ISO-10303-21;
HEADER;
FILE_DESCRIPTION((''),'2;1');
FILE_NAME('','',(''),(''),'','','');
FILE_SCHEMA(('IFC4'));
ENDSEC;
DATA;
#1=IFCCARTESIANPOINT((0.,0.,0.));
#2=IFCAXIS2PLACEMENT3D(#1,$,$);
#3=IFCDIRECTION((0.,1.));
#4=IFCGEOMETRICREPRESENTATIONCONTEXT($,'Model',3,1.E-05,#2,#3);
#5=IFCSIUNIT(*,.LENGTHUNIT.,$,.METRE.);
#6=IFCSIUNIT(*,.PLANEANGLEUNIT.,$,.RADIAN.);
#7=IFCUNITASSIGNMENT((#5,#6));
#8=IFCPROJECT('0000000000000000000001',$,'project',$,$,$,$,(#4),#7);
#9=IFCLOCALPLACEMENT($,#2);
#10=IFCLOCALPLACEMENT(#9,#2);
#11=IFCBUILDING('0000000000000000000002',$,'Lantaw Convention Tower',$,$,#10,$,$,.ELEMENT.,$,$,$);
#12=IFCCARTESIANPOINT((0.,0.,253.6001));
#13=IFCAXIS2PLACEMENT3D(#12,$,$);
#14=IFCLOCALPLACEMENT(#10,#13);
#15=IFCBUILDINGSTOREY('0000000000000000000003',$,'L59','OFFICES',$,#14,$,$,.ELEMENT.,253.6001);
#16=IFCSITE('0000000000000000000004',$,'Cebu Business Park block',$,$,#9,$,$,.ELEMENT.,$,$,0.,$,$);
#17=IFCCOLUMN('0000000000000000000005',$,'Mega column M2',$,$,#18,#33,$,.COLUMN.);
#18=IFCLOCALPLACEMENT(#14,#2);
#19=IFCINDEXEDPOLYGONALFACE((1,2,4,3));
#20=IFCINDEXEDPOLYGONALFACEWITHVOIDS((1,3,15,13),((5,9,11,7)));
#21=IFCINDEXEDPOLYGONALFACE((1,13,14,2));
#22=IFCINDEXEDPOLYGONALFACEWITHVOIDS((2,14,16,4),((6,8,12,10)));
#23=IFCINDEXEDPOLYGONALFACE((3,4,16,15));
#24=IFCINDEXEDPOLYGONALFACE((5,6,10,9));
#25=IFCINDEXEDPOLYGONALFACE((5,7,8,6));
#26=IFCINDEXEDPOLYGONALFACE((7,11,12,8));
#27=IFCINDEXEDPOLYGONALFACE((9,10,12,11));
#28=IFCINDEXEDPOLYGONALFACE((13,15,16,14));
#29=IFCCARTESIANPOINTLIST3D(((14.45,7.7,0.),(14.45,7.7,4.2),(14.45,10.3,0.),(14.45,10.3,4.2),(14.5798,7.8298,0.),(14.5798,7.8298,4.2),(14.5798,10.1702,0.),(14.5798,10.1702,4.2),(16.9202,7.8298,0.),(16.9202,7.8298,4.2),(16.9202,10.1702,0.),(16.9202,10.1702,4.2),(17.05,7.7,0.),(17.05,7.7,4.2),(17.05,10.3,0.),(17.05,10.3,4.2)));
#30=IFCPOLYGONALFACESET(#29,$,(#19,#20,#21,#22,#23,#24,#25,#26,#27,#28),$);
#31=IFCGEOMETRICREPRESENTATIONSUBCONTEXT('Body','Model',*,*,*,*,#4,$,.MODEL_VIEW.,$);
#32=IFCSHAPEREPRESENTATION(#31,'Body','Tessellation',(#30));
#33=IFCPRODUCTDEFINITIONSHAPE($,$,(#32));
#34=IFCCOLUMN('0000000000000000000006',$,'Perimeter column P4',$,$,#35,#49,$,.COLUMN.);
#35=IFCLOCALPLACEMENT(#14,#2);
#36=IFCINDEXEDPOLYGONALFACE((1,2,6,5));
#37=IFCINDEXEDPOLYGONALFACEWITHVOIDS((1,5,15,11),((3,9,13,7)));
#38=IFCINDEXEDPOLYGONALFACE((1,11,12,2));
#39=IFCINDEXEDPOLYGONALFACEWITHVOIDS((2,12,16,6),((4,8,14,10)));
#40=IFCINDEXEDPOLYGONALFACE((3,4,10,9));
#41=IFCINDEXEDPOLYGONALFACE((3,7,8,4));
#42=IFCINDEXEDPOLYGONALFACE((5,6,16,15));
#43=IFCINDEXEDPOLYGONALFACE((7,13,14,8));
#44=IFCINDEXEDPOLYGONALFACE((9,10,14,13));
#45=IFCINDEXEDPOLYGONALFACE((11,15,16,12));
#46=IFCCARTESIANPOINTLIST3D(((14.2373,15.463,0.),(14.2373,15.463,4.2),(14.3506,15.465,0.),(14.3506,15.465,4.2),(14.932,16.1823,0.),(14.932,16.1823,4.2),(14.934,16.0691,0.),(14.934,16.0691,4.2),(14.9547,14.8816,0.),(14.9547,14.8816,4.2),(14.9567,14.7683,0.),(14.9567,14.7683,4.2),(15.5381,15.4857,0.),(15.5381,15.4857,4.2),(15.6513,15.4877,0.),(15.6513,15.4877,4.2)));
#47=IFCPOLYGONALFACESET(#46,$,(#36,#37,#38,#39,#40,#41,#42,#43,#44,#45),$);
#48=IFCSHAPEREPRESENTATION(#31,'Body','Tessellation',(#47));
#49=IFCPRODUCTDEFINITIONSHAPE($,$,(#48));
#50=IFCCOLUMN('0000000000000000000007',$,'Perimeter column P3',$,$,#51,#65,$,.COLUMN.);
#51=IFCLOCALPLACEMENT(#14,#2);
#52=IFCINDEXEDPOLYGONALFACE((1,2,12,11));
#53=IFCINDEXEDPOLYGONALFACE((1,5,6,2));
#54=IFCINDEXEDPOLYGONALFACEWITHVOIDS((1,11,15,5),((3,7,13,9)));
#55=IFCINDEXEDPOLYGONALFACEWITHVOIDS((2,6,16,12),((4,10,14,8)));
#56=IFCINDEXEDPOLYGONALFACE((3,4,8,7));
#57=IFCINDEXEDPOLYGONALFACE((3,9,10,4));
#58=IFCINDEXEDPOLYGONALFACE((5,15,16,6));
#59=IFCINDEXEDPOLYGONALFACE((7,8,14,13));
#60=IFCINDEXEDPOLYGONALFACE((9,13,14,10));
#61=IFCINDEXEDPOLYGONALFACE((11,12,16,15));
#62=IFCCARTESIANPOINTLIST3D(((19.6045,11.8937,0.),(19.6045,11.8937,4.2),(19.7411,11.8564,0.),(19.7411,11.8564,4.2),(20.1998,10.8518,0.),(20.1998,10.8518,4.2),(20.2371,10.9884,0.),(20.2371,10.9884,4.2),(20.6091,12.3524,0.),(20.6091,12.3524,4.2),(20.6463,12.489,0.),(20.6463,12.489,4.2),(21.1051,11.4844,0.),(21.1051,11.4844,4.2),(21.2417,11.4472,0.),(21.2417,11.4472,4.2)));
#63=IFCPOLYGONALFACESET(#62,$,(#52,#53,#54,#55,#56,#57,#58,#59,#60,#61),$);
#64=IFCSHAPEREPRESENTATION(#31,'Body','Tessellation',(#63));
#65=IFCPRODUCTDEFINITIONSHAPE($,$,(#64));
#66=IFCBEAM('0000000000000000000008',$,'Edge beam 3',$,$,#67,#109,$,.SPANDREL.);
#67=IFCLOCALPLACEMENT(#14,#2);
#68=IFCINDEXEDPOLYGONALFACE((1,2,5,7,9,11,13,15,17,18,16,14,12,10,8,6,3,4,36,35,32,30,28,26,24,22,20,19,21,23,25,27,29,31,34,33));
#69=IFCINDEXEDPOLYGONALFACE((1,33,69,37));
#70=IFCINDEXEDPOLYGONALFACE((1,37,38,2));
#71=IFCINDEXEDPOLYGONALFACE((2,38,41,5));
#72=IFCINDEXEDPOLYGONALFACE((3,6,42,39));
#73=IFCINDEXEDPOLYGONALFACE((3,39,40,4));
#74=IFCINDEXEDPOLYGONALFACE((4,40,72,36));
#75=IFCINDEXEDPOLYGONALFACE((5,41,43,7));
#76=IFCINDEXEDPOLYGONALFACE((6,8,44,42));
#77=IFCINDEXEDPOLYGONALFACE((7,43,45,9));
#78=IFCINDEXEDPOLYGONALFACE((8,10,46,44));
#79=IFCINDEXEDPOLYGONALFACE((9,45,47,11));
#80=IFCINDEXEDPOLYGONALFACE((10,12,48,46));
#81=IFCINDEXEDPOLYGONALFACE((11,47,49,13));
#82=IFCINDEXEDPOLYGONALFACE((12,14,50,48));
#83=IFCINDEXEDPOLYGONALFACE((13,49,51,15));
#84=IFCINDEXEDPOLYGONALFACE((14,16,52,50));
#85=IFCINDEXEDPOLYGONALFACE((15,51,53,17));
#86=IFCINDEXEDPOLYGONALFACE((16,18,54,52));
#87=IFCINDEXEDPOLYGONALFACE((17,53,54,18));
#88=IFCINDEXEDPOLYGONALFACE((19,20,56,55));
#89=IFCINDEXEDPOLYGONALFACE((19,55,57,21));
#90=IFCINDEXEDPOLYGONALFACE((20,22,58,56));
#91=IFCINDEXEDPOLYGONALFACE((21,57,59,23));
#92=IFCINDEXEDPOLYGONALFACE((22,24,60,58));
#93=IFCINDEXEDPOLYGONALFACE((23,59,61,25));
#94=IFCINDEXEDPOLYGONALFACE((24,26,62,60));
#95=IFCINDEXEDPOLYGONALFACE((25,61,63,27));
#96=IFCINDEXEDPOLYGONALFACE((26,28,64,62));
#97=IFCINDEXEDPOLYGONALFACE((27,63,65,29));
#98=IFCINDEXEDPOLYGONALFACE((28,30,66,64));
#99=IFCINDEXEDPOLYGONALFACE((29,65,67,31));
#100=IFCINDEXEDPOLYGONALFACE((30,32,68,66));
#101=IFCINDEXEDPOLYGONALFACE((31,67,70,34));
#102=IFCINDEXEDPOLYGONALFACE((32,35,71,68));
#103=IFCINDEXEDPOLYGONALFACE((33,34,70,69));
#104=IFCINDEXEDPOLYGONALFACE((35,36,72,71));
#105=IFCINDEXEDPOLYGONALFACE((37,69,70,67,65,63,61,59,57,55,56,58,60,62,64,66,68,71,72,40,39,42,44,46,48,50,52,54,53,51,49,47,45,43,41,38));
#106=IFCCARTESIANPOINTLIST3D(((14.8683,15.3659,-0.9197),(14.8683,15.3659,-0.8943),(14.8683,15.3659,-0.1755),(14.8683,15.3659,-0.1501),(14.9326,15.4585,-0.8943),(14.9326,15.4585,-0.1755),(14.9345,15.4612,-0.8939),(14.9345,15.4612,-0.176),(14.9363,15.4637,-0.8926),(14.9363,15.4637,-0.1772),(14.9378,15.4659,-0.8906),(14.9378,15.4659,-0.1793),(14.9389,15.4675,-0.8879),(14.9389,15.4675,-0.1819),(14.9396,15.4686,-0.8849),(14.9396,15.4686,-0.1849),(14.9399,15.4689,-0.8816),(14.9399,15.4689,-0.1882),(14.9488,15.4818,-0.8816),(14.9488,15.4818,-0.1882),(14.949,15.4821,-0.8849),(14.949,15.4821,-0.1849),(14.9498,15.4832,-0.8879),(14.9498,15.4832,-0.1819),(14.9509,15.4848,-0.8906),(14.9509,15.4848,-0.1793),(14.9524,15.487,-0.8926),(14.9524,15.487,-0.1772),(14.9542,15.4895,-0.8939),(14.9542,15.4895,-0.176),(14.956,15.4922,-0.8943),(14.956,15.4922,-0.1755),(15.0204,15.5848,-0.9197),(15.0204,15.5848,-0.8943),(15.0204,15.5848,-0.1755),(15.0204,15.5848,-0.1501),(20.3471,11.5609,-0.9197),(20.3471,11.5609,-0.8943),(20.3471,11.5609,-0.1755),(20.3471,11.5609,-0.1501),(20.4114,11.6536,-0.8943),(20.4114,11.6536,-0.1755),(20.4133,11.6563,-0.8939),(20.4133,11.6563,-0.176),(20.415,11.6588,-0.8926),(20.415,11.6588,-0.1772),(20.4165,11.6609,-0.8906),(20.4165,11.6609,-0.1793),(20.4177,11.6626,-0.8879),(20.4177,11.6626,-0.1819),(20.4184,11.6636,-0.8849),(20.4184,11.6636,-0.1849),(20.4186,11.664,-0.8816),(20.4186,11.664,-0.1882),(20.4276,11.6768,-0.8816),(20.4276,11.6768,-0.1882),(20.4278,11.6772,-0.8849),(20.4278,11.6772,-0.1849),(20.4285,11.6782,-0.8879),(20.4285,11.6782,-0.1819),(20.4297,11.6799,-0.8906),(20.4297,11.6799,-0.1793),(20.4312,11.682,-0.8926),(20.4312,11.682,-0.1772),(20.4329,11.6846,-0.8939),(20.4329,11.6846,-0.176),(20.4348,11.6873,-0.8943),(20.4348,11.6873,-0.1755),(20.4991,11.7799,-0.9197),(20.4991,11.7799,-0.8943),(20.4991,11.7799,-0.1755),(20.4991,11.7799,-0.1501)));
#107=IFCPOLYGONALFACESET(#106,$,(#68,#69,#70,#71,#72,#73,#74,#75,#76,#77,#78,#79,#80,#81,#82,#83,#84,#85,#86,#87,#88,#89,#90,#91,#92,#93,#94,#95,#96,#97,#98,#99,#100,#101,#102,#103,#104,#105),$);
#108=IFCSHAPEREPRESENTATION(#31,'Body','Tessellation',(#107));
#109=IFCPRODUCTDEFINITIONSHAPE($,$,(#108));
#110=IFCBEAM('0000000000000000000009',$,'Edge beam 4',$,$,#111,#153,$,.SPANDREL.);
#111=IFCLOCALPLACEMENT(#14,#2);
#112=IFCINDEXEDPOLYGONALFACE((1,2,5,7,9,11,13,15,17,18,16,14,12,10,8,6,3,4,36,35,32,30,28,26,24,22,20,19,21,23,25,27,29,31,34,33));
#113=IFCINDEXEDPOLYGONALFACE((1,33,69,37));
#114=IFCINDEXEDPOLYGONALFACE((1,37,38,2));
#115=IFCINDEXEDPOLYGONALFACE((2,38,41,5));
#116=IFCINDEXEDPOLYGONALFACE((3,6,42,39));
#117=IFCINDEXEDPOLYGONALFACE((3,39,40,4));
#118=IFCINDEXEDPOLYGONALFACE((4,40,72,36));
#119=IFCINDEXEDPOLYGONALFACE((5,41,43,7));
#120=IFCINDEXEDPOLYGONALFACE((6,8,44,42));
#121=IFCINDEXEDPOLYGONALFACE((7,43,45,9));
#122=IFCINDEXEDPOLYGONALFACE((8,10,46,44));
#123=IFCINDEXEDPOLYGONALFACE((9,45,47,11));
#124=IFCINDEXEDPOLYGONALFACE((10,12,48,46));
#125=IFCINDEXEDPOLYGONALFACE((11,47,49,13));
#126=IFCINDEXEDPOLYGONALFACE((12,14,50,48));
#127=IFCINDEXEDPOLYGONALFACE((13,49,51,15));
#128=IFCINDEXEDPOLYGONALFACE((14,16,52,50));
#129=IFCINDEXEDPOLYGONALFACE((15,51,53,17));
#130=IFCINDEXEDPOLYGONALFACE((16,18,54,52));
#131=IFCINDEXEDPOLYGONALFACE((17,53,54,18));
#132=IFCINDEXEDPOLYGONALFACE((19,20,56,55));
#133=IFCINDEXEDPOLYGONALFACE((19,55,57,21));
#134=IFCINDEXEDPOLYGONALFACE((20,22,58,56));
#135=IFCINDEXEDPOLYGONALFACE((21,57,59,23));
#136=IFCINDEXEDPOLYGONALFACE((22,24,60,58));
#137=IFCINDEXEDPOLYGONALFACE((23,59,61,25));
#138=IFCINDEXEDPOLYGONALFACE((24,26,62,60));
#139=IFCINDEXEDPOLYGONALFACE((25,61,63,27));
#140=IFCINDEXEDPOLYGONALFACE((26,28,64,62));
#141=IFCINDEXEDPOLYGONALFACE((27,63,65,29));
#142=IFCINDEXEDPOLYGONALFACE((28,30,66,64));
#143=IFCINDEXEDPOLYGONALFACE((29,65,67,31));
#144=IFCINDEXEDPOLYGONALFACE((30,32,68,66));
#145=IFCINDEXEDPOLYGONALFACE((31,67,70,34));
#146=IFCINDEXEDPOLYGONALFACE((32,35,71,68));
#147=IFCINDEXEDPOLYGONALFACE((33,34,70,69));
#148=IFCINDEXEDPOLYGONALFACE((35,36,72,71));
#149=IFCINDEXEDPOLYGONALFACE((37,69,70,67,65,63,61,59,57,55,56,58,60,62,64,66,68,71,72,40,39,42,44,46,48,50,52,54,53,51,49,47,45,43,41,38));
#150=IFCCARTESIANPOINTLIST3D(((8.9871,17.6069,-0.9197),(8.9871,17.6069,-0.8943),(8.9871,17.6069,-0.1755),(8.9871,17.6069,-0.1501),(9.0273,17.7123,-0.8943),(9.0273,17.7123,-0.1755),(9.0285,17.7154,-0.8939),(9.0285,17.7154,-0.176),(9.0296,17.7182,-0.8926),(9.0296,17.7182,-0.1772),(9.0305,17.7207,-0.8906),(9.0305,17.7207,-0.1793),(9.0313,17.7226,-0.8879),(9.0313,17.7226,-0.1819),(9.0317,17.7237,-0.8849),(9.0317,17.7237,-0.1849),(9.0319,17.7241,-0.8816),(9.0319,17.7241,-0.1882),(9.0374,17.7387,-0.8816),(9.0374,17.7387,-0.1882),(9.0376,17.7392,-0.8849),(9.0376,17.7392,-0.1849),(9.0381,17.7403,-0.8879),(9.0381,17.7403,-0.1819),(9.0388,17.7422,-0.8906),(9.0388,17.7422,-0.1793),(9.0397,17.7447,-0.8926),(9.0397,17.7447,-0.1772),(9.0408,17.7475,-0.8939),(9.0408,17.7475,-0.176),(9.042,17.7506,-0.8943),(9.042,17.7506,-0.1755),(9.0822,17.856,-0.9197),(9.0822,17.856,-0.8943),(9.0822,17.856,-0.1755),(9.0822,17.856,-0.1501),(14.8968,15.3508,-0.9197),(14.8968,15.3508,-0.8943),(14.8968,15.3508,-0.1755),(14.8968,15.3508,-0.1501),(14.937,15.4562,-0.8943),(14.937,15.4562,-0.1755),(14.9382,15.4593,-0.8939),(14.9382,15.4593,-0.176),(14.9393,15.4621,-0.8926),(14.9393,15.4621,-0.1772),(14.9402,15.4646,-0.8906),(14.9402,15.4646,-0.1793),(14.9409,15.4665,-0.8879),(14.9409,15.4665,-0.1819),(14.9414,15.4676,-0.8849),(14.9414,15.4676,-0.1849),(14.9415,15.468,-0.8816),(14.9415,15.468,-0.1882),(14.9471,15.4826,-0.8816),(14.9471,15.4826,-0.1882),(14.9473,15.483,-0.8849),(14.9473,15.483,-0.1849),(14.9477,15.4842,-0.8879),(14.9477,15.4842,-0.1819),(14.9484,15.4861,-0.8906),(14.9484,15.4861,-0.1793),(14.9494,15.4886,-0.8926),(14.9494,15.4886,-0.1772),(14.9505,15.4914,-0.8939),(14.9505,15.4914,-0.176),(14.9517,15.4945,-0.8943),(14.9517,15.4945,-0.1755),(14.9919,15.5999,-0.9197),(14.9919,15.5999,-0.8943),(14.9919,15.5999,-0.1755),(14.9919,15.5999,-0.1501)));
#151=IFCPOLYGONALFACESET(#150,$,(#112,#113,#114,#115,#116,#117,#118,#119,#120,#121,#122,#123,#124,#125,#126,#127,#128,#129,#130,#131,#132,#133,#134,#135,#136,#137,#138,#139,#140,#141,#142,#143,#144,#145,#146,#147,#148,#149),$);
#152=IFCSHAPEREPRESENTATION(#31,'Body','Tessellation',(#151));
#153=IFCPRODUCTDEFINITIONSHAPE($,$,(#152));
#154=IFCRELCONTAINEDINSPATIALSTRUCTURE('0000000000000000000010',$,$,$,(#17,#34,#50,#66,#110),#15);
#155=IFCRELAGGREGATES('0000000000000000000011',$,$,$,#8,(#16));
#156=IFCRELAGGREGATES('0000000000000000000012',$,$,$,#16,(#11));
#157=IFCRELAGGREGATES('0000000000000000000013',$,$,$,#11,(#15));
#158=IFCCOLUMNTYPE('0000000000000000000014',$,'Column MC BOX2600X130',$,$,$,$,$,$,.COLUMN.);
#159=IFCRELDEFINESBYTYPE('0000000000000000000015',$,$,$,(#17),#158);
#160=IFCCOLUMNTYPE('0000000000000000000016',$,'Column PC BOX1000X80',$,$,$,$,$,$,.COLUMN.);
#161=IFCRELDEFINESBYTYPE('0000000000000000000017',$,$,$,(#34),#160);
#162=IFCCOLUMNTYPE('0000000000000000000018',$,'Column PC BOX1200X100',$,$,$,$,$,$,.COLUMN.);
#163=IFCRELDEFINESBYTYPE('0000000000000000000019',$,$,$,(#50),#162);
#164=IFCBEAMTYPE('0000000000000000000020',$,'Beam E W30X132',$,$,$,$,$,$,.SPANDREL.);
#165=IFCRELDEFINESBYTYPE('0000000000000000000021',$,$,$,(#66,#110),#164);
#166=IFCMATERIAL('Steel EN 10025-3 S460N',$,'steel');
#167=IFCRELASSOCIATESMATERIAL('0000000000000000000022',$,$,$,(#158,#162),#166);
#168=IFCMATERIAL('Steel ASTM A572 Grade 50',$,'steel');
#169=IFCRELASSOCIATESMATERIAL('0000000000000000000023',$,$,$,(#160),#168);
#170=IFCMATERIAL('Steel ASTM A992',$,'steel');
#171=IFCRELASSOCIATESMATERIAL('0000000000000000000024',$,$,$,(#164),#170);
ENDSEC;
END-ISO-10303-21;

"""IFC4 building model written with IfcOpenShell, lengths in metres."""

from ifc_helpers import new_model, si_unit, direction, frame, origin, origin_2d, place, context, subcontext, project, spatial, rectangle, hollow_rectangle, i_section, extrude, material, material_profile, profile_set, type_object, element, save


model = new_model("IFC4")

# Units and contexts
model_context = context("Model", 3, precision=1e-05, world=origin(), true_north=direction((0.0, 1.0)))
body_context = subcontext(model_context, "Body", "Model", "MODEL_VIEW")
ifc_project = project(units=[si_unit("LENGTHUNIT", "METRE"), si_unit("PLANEANGLEUNIT", "RADIAN")], contexts=[model_context])

# Site, building, storey
site_placement = place(None, origin())
site = spatial("IfcSite", under=ifc_project, at=site_placement, Name="Cebu Business Park block", CompositionType="ELEMENT", RefElevation=0.0)
building_placement = place(site_placement, origin())
building = spatial("IfcBuilding", under=site, at=building_placement, Name="Lantaw Convention Tower", CompositionType="ELEMENT")
storey_placement = place(building_placement, frame((0.0, 0.0, 253.6001)))
storey = spatial("IfcBuildingStorey", under=building, at=storey_placement, Name="L59", Description="OFFICES", CompositionType="ELEMENT", Elevation=253.6001)

# Columns
ifc_material_1 = material(Name="Steel EN 10025-3 S460N", Category="steel")
ifc_material_profile_1 = material_profile(ifc_material_1, hollow_rectangle(XDim=2.6001, YDim=2.6001, WallThickness=0.1299, at=origin_2d()), Name="BOX2600X130")
ifc_material_2 = material(Name="Concrete C60/75", Category="concrete")
ifc_material_profile_2 = material_profile(ifc_material_2, rectangle(XDim=2.3401, YDim=2.3401, at=origin_2d()), Name="Concrete fill of BOX2600X130")
ifc_profile_set_1 = profile_set([ifc_material_profile_1, ifc_material_profile_2], Name="Steel EN 10025-3 S460N")
column_type_1 = type_object("IfcColumnType", Name="Column MC BOX2600X130", PredefinedType="COLUMN", material=ifc_profile_set_1)
column_1_placement = place(storey_placement, frame((15.75, 9.0, 0.0), z_axis=(0.0, 0.0, 1.0), x_axis=(1.0, 0.0, 0.0)))
element("IfcColumn", 1, at=column_1_placement, inside=storey, type_object=column_type_1, Name="Mega column M2", PredefinedType="COLUMN", context=body_context, shape_type="SweptSolid", body=[
    extrude(hollow_rectangle(XDim=2.6001, YDim=2.6001, WallThickness=0.1299, at=origin_2d()), origin(), (0.0, 0.0, 1.0), 4.2),
])
ifc_material_3 = material(Name="Steel ASTM A572 Grade 50", Category="steel")
ifc_material_profile_3 = material_profile(ifc_material_3, hollow_rectangle(XDim=1.0, YDim=1.0, WallThickness=0.0801, at=origin_2d()), Name="BOX1000X80")
ifc_material_profile_4 = material_profile(ifc_material_2, rectangle(XDim=0.8401, YDim=0.8401, at=origin_2d()), Name="Concrete fill of BOX1000X80")
ifc_profile_set_2 = profile_set([ifc_material_profile_3, ifc_material_profile_4], Name="Steel ASTM A572 Grade 50")
column_type_2 = type_object("IfcColumnType", Name="Column PC BOX1000X80", PredefinedType="COLUMN", material=ifc_profile_set_2)
column_2_placement = place(storey_placement, frame((14.9443, 15.4753, 0.0), z_axis=(0.0, 0.0, 1.0), x_axis=(0.694658, 0.71934, 0.0)))
element("IfcColumn", 2, at=column_2_placement, inside=storey, type_object=column_type_2, Name="Perimeter column P4", PredefinedType="COLUMN", context=body_context, shape_type="SweptSolid", body=[
    extrude(hollow_rectangle(XDim=1.0, YDim=1.0, WallThickness=0.0801, at=origin_2d()), origin(), (0.0, 0.0, 1.0), 4.2),
])
ifc_material_profile_5 = material_profile(ifc_material_1, hollow_rectangle(XDim=1.2, YDim=1.2, WallThickness=0.1001, at=origin_2d()), Name="BOX1200X100")
ifc_material_profile_6 = material_profile(ifc_material_2, rectangle(XDim=1.0, YDim=1.0, at=origin_2d()), Name="Concrete fill of BOX1200X100")
ifc_profile_set_3 = profile_set([ifc_material_profile_5, ifc_material_profile_6], Name="Steel EN 10025-3 S460N")
column_type_3 = type_object("IfcColumnType", Name="Column PC BOX1200X100", PredefinedType="COLUMN", material=ifc_profile_set_3)
column_3_placement = place(storey_placement, frame((20.4231, 11.6704, 0.0), z_axis=(0.0, 0.0, 1.0), x_axis=(0.868243, 0.496139, 0.0)))
element("IfcColumn", 3, at=column_3_placement, inside=storey, type_object=column_type_3, Name="Perimeter column P3", PredefinedType="COLUMN", context=body_context, shape_type="SweptSolid", body=[
    extrude(hollow_rectangle(XDim=1.2, YDim=1.2, WallThickness=0.1001, at=origin_2d()), origin(), (0.0, 0.0, 1.0), 4.2),
])

# Beams
ifc_material_4 = material(Name="Steel ASTM A992", Category="steel")
ifc_material_profile_7 = material_profile(ifc_material_4, i_section(OverallWidth=0.2666, OverallDepth=0.7695, WebThickness=0.0156, FlangeThickness=0.0254, FilletRadius=0.0127, at=origin_2d()), Name="W30X132")
ifc_profile_set_4 = profile_set([ifc_material_profile_7], Name="Steel ASTM A992")
beam_type_1 = type_object("IfcBeamType", Name="Beam E W30X132", PredefinedType="SPANDREL", material=ifc_profile_set_4)
beam_1_placement = place(storey_placement, frame((20.4231, 11.6704, -0.5349), z_axis=(-0.821353, 0.57042, 0.0), x_axis=(-0.57042, -0.821353, 0.0)))
element("IfcBeam", 4, at=beam_1_placement, inside=storey, type_object=beam_type_1, Name="Edge beam 3", PredefinedType="SPANDREL", context=body_context, shape_type="SweptSolid", body=[
    extrude(i_section(OverallWidth=0.2666, OverallDepth=0.7695, WebThickness=0.0156, FlangeThickness=0.0254, FilletRadius=0.0127, at=origin_2d()), origin(), (0.0, 0.0, 1.0), 6.6704),
])
beam_2_placement = place(storey_placement, frame((14.9443, 15.4753, -0.5349), z_axis=(-0.934235, 0.356658, 0.0), x_axis=(-0.356658, -0.934235, 0.0)))
element("IfcBeam", 5, at=beam_2_placement, inside=storey, type_object=beam_type_1, Name="Edge beam 4", PredefinedType="SPANDREL", context=body_context, shape_type="SweptSolid", body=[
    extrude(i_section(OverallWidth=0.2666, OverallDepth=0.7695, WebThickness=0.0156, FlangeThickness=0.0254, FilletRadius=0.0127, at=origin_2d()), origin(), (0.0, 0.0, 1.0), 6.3257),
])

save(model, "model.ifc")
